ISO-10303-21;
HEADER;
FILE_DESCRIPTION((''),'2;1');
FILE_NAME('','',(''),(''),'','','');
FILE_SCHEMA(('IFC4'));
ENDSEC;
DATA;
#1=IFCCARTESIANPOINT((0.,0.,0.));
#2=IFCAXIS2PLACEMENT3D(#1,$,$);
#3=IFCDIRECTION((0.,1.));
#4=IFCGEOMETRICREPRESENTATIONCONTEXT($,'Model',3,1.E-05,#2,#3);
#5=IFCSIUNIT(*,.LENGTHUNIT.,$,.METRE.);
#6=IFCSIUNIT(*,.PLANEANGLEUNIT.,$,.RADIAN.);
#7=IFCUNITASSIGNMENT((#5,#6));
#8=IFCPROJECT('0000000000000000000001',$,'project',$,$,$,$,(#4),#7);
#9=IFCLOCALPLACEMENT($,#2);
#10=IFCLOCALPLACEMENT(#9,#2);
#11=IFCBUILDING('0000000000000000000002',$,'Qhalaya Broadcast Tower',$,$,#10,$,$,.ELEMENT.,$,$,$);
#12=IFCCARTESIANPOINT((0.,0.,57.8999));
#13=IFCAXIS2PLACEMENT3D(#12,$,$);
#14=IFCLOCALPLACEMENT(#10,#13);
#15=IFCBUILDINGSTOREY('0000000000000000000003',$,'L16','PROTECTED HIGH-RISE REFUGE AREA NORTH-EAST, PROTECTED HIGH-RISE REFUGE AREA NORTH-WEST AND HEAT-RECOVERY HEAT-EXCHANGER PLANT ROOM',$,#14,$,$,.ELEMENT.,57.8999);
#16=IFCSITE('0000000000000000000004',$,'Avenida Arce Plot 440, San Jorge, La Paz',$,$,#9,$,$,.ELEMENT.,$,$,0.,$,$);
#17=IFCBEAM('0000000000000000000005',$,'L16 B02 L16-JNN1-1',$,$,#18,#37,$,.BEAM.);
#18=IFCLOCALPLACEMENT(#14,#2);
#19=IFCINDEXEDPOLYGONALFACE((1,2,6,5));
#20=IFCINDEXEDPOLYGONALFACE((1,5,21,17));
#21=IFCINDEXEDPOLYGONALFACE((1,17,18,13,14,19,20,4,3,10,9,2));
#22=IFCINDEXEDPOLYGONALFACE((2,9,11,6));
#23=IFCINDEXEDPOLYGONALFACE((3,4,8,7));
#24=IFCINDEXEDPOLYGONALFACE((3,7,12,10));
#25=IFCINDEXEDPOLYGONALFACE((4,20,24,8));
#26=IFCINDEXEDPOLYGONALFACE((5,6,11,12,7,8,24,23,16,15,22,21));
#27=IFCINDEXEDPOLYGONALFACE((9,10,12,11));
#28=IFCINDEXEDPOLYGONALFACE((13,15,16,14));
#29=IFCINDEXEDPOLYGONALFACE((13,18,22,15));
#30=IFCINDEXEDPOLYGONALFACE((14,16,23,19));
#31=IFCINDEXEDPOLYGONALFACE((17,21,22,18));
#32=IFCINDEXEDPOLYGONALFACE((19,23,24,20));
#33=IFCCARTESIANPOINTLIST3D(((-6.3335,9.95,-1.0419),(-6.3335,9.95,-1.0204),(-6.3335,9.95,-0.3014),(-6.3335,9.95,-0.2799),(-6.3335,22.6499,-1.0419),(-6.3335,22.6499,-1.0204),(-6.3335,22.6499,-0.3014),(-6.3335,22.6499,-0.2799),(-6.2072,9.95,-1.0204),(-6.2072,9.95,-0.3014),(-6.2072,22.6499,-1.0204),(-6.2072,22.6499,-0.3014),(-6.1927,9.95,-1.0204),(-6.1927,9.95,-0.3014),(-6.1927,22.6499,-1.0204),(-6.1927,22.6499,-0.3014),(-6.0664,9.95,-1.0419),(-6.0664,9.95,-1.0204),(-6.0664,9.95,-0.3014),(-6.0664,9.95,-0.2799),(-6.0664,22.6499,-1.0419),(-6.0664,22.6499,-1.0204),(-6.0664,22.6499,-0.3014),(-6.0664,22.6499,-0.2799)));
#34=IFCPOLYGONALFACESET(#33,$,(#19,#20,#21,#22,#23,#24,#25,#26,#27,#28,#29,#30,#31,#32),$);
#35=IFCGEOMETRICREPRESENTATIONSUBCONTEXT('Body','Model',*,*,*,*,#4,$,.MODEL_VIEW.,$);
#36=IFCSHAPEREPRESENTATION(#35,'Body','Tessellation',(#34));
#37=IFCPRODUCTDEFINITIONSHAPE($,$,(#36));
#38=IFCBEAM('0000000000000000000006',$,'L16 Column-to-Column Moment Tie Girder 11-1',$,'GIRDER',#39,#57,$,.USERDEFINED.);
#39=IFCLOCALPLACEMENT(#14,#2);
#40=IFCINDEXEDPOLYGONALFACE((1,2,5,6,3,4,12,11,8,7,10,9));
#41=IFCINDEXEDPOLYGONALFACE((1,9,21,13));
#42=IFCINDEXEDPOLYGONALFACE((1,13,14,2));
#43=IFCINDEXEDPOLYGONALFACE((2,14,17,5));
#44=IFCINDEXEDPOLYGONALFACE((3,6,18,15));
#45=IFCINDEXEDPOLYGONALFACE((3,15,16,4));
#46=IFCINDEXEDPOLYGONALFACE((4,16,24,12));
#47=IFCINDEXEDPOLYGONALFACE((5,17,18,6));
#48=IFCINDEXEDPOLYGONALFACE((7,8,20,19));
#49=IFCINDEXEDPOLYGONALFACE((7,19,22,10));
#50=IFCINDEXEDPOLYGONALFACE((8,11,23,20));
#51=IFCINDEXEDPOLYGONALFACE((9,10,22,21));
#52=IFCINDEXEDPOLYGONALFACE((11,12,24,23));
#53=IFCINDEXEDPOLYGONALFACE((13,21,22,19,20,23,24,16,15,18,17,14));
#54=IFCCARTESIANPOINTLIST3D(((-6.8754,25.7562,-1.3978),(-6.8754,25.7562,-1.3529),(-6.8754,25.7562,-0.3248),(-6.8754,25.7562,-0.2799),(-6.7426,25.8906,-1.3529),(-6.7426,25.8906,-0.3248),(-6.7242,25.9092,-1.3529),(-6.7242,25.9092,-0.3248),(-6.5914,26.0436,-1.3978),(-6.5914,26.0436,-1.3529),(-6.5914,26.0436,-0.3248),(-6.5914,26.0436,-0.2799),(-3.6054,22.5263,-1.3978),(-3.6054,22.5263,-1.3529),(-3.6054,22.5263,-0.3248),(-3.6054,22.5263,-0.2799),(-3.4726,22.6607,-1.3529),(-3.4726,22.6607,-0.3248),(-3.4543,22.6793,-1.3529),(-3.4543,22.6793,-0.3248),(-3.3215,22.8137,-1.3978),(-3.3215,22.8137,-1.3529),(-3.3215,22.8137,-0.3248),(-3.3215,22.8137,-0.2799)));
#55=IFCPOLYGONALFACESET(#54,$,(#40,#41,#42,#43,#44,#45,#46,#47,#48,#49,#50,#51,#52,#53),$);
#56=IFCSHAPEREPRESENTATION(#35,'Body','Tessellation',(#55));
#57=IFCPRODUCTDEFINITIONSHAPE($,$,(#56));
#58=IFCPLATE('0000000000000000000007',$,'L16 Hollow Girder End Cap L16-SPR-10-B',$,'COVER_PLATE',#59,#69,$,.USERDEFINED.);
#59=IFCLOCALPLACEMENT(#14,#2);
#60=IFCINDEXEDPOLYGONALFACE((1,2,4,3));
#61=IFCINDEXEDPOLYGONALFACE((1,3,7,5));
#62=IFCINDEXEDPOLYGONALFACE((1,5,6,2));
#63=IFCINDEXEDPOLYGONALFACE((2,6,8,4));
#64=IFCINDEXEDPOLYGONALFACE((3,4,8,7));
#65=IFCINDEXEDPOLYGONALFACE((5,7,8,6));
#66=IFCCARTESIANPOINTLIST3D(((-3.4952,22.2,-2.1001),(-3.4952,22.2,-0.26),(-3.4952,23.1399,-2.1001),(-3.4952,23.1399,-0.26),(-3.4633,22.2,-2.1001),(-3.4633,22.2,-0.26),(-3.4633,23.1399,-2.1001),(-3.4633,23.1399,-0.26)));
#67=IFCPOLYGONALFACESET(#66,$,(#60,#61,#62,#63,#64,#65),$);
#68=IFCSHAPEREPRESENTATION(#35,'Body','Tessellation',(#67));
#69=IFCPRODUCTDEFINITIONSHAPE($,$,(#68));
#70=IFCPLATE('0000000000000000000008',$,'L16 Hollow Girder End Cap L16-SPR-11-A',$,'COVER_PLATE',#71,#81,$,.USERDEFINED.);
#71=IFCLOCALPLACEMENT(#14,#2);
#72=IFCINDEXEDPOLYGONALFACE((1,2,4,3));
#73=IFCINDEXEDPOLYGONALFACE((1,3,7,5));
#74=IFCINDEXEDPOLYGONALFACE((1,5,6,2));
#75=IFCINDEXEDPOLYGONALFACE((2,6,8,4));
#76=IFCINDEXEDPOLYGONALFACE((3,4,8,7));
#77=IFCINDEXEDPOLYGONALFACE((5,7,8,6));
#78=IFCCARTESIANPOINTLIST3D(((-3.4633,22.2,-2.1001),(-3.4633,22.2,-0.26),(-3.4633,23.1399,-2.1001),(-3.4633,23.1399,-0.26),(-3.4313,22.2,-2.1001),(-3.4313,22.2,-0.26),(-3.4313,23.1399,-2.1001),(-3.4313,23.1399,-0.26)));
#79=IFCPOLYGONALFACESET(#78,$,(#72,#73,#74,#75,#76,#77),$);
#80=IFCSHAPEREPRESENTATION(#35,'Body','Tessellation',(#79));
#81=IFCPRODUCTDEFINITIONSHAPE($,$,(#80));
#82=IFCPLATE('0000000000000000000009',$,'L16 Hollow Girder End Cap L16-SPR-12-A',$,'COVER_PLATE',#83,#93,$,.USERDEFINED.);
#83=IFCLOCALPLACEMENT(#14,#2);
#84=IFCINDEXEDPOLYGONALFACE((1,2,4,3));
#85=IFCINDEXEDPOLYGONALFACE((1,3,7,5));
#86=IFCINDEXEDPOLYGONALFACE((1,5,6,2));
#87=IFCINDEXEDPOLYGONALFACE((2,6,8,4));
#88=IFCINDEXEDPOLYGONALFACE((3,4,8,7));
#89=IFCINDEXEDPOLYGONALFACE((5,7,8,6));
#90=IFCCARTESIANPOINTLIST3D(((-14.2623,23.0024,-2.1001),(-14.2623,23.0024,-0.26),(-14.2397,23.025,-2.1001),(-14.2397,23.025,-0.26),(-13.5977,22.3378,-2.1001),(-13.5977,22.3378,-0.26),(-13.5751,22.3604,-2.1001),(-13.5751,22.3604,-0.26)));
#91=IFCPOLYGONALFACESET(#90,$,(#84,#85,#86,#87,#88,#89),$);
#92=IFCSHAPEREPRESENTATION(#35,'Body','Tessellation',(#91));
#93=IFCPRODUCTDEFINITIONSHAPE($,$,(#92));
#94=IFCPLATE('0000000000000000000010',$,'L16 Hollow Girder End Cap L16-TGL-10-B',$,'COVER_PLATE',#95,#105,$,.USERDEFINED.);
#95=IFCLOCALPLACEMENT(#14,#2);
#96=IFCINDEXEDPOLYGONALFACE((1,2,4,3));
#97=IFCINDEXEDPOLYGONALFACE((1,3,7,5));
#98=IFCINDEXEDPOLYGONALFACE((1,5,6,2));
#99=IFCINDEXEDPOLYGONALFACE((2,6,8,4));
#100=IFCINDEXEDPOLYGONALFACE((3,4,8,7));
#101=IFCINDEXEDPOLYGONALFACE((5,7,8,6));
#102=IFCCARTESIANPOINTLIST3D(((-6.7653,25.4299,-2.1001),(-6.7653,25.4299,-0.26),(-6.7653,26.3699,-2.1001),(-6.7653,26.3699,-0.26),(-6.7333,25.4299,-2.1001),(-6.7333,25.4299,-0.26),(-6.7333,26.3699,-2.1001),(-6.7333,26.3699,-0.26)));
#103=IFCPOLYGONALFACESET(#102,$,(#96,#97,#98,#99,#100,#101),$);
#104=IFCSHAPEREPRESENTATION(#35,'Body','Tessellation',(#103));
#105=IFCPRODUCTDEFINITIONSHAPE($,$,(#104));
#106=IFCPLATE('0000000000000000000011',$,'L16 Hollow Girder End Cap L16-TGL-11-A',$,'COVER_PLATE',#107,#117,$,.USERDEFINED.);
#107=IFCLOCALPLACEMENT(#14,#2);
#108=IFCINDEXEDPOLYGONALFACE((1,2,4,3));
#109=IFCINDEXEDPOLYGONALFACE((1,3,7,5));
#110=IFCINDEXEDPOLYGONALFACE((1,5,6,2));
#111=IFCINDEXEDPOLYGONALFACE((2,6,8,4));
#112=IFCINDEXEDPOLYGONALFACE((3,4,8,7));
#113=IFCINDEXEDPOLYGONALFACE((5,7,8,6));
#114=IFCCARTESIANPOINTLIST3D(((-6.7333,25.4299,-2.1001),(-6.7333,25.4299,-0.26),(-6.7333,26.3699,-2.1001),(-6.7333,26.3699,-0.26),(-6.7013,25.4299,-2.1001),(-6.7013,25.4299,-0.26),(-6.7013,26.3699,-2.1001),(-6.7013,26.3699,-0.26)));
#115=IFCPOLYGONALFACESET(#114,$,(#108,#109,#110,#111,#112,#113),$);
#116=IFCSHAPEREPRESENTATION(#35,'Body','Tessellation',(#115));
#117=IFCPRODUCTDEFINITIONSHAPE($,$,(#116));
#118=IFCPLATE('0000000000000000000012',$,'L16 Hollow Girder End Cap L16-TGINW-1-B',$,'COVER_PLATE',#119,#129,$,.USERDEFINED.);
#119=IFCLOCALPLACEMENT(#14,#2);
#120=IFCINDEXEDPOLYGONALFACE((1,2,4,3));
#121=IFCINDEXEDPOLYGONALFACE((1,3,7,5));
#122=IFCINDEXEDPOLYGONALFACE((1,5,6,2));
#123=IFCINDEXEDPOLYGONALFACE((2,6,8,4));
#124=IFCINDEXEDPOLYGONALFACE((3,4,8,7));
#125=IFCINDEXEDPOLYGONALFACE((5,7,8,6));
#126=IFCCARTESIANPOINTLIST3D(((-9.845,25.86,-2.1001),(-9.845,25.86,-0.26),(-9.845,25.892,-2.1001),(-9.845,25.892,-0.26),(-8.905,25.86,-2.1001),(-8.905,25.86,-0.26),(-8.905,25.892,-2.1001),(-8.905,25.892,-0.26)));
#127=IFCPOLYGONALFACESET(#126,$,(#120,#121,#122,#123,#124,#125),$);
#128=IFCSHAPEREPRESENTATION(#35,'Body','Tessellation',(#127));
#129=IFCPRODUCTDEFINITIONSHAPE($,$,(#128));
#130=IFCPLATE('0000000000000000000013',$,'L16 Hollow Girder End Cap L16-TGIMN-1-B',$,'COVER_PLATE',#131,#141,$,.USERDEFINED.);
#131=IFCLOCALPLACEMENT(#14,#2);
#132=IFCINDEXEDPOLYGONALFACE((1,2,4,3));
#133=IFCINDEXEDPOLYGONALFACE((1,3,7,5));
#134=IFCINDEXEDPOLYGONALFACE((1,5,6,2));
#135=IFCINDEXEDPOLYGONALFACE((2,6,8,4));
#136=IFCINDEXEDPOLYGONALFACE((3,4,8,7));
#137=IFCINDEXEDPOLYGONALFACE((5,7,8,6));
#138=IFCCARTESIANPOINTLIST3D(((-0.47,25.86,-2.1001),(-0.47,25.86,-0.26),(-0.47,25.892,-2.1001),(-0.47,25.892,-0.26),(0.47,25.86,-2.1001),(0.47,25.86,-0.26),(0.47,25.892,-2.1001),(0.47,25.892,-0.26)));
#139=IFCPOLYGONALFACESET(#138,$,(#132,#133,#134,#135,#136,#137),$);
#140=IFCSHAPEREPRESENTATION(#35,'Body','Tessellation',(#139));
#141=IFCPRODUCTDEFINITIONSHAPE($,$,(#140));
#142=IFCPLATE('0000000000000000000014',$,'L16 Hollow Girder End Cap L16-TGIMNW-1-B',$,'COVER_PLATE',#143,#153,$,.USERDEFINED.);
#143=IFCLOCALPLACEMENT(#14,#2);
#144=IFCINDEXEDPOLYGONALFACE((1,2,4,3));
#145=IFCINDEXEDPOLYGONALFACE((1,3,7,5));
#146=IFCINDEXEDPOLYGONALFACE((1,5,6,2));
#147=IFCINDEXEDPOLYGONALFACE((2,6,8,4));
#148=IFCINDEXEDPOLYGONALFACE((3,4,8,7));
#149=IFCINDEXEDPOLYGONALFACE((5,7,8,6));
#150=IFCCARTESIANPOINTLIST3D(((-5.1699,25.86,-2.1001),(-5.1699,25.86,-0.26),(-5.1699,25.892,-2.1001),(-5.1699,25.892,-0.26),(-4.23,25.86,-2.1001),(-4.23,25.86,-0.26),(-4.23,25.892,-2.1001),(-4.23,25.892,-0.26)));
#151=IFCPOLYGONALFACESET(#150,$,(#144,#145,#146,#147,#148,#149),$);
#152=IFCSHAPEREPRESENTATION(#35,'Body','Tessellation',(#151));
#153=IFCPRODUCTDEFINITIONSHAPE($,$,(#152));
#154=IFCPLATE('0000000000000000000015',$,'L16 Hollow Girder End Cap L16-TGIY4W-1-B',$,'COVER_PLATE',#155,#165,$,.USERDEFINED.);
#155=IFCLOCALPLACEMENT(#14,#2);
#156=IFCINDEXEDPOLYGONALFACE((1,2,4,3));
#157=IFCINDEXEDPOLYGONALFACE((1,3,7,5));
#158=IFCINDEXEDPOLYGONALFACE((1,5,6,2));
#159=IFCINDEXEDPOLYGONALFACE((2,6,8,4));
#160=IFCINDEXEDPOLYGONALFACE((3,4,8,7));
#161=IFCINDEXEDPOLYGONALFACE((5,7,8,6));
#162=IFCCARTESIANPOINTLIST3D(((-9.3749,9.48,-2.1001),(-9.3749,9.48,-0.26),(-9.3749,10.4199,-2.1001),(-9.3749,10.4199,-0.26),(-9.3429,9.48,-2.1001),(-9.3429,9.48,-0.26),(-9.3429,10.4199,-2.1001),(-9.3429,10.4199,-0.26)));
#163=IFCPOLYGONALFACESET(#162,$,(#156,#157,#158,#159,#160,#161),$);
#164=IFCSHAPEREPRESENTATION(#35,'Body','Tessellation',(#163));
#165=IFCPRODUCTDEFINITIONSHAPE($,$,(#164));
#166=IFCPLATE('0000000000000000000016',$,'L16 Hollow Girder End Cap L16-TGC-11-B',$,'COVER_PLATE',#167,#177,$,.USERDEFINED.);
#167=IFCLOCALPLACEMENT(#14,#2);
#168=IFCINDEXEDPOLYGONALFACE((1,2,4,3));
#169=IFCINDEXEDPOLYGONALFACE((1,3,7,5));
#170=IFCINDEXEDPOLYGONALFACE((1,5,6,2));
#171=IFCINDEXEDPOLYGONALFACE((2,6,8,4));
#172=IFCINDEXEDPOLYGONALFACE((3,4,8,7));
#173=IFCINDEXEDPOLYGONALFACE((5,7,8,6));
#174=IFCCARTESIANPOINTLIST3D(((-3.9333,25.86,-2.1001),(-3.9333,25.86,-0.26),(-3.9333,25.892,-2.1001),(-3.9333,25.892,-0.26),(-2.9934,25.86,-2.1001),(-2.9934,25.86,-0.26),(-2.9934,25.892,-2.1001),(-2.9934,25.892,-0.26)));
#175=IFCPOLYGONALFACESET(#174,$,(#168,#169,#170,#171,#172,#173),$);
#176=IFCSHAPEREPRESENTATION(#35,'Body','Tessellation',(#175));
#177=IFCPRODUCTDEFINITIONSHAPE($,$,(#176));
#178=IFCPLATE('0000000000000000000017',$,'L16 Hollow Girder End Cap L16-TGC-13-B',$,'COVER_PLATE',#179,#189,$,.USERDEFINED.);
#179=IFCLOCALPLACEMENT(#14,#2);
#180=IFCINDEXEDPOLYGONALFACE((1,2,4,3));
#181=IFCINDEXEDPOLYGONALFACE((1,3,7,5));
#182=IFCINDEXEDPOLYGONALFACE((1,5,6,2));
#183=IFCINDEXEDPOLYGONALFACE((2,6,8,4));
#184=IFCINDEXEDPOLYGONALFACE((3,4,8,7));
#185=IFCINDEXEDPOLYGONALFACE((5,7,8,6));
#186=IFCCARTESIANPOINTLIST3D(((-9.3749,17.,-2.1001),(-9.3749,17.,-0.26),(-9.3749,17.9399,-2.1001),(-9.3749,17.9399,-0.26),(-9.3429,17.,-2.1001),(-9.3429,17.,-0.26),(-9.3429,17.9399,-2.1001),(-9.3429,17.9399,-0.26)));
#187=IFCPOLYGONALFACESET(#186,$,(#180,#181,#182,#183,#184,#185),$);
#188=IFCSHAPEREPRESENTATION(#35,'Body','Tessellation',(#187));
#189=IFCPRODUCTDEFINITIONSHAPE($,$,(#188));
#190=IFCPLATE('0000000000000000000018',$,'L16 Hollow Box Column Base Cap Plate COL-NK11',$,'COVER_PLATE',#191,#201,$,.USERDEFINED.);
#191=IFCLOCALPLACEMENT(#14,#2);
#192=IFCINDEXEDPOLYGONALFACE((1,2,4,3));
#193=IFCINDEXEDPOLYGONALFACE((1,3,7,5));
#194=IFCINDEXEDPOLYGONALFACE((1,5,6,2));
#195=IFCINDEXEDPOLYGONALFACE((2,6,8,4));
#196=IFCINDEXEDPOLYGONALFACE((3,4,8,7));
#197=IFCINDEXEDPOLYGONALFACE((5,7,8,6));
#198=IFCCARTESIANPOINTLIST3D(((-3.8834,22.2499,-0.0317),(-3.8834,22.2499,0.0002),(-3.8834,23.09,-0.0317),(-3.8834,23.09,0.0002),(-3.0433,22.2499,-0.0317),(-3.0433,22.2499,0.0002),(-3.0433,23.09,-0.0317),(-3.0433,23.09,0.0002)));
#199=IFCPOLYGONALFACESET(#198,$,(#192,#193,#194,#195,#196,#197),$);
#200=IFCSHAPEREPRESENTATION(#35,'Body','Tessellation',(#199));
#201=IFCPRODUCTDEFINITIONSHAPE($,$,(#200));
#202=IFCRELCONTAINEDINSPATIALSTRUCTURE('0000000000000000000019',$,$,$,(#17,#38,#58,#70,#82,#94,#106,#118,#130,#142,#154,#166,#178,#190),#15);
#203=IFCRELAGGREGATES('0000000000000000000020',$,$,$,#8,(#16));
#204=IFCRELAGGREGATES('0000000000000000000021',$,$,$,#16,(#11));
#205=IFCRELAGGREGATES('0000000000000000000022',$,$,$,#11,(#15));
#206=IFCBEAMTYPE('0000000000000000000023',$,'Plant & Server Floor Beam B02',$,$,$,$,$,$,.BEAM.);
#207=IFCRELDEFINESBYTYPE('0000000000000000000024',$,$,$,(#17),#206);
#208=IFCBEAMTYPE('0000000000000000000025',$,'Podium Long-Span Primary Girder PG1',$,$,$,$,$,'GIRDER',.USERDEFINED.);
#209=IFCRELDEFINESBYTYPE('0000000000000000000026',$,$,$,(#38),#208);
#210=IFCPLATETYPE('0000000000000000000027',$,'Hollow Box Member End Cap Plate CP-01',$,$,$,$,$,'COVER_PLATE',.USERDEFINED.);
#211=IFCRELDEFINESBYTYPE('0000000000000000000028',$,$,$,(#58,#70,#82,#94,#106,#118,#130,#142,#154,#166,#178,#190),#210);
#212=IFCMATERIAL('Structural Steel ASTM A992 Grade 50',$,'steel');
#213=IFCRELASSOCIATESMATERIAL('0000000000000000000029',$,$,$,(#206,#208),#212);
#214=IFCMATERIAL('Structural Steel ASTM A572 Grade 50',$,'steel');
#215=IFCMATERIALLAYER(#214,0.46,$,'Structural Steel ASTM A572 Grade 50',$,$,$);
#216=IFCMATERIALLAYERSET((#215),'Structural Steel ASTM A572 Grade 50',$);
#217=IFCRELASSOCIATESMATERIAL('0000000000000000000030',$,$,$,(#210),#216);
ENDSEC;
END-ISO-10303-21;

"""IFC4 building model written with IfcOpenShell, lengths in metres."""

from ifc_helpers import new_model, si_unit, direction, frame, origin, origin_2d, place, context, subcontext, project, spatial, rectangle, i_section, extrude, material, layer, layer_set, material_profile, profile_set, type_object, element, save


model = new_model("IFC4")

# Units and contexts
model_context = context("Model", 3, precision=1e-05, world=origin(), true_north=direction((0.0, 1.0)))
body_context = subcontext(model_context, "Body", "Model", "MODEL_VIEW")
ifc_project = project(units=[si_unit("LENGTHUNIT", "METRE"), si_unit("PLANEANGLEUNIT", "RADIAN")], contexts=[model_context])

# Site, building, storey
site_placement = place(None, origin())
site = spatial("IfcSite", under=ifc_project, at=site_placement, Name="Avenida Arce Plot 440, San Jorge, La Paz", CompositionType="ELEMENT", RefElevation=0.0)
building_placement = place(site_placement, origin())
building = spatial("IfcBuilding", under=site, at=building_placement, Name="Qhalaya Broadcast Tower", CompositionType="ELEMENT")
storey_placement = place(building_placement, frame((0.0, 0.0, 57.8999)))
storey = spatial("IfcBuildingStorey", under=building, at=storey_placement, Name="L16", Description="PROTECTED HIGH-RISE REFUGE AREA NORTH-EAST, PROTECTED HIGH-RISE REFUGE AREA NORTH-WEST AND HEAT-RECOVERY HEAT-EXCHANGER PLANT ROOM", CompositionType="ELEMENT", Elevation=57.8999)

# Shared definitions
ifc_material_1 = material(Name="Structural Steel ASTM A572 Grade 50", Category="steel")

# Beams
ifc_material_2 = material(Name="Structural Steel ASTM A992 Grade 50", Category="steel")
ifc_material_profile_1 = material_profile(ifc_material_2, i_section(OverallWidth=0.2671, OverallDepth=0.762, WebThickness=0.0144, FlangeThickness=0.0215, at=origin_2d()), Name="W30X116")
ifc_profile_set_1 = profile_set([ifc_material_profile_1], Name="Structural Steel ASTM A992 Grade 50")
beam_type_1 = type_object("IfcBeamType", Name="Plant & Server Floor Beam B02", PredefinedType="BEAM", material=ifc_profile_set_1)
beam_1_placement = place(storey_placement, frame((-6.2, 9.95, -0.6609), z_axis=(0.0, 1.0, 0.0), x_axis=(-1.0, 0.0, 0.0)))
element("IfcBeam", 1, at=beam_1_placement, inside=storey, type_object=beam_type_1, Name="L16 B02 L16-JNN1-1", PredefinedType="BEAM", context=body_context, shape_type="SweptSolid", body=[
    extrude(i_section(OverallWidth=0.2671, OverallDepth=0.762, WebThickness=0.0144, FlangeThickness=0.0215, at=origin_2d()), origin(), (0.0, 0.0, 1.0), 12.7),
])
ifc_material_profile_2 = material_profile(ifc_material_2, i_section(OverallWidth=0.4041, OverallDepth=1.1179, WebThickness=0.0261, FlangeThickness=0.0449, at=origin_2d()), Name="W44X335")
ifc_profile_set_2 = profile_set([ifc_material_profile_2], Name="Structural Steel ASTM A992 Grade 50")
beam_type_2 = type_object("IfcBeamType", Name="Podium Long-Span Primary Girder PG1", ElementType="GIRDER", PredefinedType="USERDEFINED", material=ifc_profile_set_2)
beam_2_placement = place(storey_placement, frame((-6.7334, 25.8999, -0.8389), z_axis=(0.711449, -0.702738, 0.0), x_axis=(0.702738, 0.711449, 0.0)))
element("IfcBeam", 2, at=beam_2_placement, inside=storey, type_object=beam_type_2, Name="L16 Column-to-Column Moment Tie Girder 11-1", ObjectType="GIRDER", PredefinedType="USERDEFINED", context=body_context, shape_type="SweptSolid", body=[
    extrude(i_section(OverallWidth=0.4041, OverallDepth=1.1179, WebThickness=0.0261, FlangeThickness=0.0449, at=origin_2d()), origin(), (0.0, 0.0, 1.0), 4.5962),
])

# Plates
ifc_layer_1 = layer(ifc_material_1, 0.46, Name="Structural Steel ASTM A572 Grade 50")
ifc_layer_set_1 = layer_set([ifc_layer_1], Name="Structural Steel ASTM A572 Grade 50")
plate_type = type_object("IfcPlateType", Name="Hollow Box Member End Cap Plate CP-01", ElementType="COVER_PLATE", PredefinedType="USERDEFINED", material=ifc_layer_set_1)
for number, where, z_axis, x_axis, name in (
    (3, (-3.4792, 22.6699, -2.1001), (0.0, 0.0, 1.0), (0.0, -1.0, 0.0), "L16 Hollow Girder End Cap L16-SPR-10-B"),
    (4, (-3.4473, 22.6699, -2.1001), (0.0, 0.0, 1.0), (0.0, -1.0, 0.0), "L16 Hollow Girder End Cap L16-SPR-11-A"),
    (5, (-13.9187, 22.6814, -2.1001), (0.0, 0.0, 1.0), (0.707107, -0.707107, 0.0), "L16 Hollow Girder End Cap L16-SPR-12-A"),
    (6, (-6.7493, 25.8999, -2.1001), (0.0, 0.0, 1.0), (0.0, -1.0, 0.0), "L16 Hollow Girder End Cap L16-TGL-10-B"),
    (7, (-6.7173, 25.8999, -2.1001), (0.0, 0.0, 1.0), (0.0, -1.0, 0.0), "L16 Hollow Girder End Cap L16-TGL-11-A"),
    (8, (-9.375, 25.876, -2.1001), (0.0, 0.0, 1.0), (-1.0, 0.0, 0.0), "L16 Hollow Girder End Cap L16-TGINW-1-B"),
    (9, (0.0, 25.876, -2.1001), (0.0, 0.0, 1.0), (-1.0, 0.0, 0.0), "L16 Hollow Girder End Cap L16-TGIMN-1-B"),
    (10, (-4.7, 25.876, -2.1001), (0.0, 0.0, 1.0), (-1.0, 0.0, 0.0), "L16 Hollow Girder End Cap L16-TGIMNW-1-B"),
    (11, (-9.3589, 9.95, -2.1001), (0.0, 0.0, 1.0), (0.0, 1.0, 0.0), "L16 Hollow Girder End Cap L16-TGIY4W-1-B"),
    (12, (-3.4634, 25.876, -2.1001), (0.0, 0.0, 1.0), (-1.0, 0.0, 0.0), "L16 Hollow Girder End Cap L16-TGC-11-B"),
    (13, (-9.3589, 17.47, -2.1001), (0.0, 0.0, 1.0), (0.0, 1.0, 0.0), "L16 Hollow Girder End Cap L16-TGC-13-B"),
):
    element("IfcPlate", number, at=place(storey_placement, frame(where, z_axis=z_axis, x_axis=x_axis)), inside=storey, type_object=plate_type, Name=name, ObjectType="COVER_PLATE", PredefinedType="USERDEFINED", context=body_context, shape_type="SweptSolid", body=[
        extrude(rectangle(XDim=0.9399, YDim=0.032, at=origin_2d()), origin(), (0.0, 0.0, 1.0), 1.8401),
    ])
plate_placement = place(storey_placement, frame((-3.4634, 22.6699, -0.0317), z_axis=(0.0, 0.0, 1.0), x_axis=(1.0, 0.0, 0.0)))
element("IfcPlate", 14, at=plate_placement, inside=storey, type_object=plate_type, Name="L16 Hollow Box Column Base Cap Plate COL-NK11", ObjectType="COVER_PLATE", PredefinedType="USERDEFINED", context=body_context, shape_type="SweptSolid", body=[
    extrude(rectangle(XDim=0.8401, YDim=0.8401, at=origin_2d()), origin(), (0.0, 0.0, 1.0), 0.032),
])

save(model, "model.ifc")
